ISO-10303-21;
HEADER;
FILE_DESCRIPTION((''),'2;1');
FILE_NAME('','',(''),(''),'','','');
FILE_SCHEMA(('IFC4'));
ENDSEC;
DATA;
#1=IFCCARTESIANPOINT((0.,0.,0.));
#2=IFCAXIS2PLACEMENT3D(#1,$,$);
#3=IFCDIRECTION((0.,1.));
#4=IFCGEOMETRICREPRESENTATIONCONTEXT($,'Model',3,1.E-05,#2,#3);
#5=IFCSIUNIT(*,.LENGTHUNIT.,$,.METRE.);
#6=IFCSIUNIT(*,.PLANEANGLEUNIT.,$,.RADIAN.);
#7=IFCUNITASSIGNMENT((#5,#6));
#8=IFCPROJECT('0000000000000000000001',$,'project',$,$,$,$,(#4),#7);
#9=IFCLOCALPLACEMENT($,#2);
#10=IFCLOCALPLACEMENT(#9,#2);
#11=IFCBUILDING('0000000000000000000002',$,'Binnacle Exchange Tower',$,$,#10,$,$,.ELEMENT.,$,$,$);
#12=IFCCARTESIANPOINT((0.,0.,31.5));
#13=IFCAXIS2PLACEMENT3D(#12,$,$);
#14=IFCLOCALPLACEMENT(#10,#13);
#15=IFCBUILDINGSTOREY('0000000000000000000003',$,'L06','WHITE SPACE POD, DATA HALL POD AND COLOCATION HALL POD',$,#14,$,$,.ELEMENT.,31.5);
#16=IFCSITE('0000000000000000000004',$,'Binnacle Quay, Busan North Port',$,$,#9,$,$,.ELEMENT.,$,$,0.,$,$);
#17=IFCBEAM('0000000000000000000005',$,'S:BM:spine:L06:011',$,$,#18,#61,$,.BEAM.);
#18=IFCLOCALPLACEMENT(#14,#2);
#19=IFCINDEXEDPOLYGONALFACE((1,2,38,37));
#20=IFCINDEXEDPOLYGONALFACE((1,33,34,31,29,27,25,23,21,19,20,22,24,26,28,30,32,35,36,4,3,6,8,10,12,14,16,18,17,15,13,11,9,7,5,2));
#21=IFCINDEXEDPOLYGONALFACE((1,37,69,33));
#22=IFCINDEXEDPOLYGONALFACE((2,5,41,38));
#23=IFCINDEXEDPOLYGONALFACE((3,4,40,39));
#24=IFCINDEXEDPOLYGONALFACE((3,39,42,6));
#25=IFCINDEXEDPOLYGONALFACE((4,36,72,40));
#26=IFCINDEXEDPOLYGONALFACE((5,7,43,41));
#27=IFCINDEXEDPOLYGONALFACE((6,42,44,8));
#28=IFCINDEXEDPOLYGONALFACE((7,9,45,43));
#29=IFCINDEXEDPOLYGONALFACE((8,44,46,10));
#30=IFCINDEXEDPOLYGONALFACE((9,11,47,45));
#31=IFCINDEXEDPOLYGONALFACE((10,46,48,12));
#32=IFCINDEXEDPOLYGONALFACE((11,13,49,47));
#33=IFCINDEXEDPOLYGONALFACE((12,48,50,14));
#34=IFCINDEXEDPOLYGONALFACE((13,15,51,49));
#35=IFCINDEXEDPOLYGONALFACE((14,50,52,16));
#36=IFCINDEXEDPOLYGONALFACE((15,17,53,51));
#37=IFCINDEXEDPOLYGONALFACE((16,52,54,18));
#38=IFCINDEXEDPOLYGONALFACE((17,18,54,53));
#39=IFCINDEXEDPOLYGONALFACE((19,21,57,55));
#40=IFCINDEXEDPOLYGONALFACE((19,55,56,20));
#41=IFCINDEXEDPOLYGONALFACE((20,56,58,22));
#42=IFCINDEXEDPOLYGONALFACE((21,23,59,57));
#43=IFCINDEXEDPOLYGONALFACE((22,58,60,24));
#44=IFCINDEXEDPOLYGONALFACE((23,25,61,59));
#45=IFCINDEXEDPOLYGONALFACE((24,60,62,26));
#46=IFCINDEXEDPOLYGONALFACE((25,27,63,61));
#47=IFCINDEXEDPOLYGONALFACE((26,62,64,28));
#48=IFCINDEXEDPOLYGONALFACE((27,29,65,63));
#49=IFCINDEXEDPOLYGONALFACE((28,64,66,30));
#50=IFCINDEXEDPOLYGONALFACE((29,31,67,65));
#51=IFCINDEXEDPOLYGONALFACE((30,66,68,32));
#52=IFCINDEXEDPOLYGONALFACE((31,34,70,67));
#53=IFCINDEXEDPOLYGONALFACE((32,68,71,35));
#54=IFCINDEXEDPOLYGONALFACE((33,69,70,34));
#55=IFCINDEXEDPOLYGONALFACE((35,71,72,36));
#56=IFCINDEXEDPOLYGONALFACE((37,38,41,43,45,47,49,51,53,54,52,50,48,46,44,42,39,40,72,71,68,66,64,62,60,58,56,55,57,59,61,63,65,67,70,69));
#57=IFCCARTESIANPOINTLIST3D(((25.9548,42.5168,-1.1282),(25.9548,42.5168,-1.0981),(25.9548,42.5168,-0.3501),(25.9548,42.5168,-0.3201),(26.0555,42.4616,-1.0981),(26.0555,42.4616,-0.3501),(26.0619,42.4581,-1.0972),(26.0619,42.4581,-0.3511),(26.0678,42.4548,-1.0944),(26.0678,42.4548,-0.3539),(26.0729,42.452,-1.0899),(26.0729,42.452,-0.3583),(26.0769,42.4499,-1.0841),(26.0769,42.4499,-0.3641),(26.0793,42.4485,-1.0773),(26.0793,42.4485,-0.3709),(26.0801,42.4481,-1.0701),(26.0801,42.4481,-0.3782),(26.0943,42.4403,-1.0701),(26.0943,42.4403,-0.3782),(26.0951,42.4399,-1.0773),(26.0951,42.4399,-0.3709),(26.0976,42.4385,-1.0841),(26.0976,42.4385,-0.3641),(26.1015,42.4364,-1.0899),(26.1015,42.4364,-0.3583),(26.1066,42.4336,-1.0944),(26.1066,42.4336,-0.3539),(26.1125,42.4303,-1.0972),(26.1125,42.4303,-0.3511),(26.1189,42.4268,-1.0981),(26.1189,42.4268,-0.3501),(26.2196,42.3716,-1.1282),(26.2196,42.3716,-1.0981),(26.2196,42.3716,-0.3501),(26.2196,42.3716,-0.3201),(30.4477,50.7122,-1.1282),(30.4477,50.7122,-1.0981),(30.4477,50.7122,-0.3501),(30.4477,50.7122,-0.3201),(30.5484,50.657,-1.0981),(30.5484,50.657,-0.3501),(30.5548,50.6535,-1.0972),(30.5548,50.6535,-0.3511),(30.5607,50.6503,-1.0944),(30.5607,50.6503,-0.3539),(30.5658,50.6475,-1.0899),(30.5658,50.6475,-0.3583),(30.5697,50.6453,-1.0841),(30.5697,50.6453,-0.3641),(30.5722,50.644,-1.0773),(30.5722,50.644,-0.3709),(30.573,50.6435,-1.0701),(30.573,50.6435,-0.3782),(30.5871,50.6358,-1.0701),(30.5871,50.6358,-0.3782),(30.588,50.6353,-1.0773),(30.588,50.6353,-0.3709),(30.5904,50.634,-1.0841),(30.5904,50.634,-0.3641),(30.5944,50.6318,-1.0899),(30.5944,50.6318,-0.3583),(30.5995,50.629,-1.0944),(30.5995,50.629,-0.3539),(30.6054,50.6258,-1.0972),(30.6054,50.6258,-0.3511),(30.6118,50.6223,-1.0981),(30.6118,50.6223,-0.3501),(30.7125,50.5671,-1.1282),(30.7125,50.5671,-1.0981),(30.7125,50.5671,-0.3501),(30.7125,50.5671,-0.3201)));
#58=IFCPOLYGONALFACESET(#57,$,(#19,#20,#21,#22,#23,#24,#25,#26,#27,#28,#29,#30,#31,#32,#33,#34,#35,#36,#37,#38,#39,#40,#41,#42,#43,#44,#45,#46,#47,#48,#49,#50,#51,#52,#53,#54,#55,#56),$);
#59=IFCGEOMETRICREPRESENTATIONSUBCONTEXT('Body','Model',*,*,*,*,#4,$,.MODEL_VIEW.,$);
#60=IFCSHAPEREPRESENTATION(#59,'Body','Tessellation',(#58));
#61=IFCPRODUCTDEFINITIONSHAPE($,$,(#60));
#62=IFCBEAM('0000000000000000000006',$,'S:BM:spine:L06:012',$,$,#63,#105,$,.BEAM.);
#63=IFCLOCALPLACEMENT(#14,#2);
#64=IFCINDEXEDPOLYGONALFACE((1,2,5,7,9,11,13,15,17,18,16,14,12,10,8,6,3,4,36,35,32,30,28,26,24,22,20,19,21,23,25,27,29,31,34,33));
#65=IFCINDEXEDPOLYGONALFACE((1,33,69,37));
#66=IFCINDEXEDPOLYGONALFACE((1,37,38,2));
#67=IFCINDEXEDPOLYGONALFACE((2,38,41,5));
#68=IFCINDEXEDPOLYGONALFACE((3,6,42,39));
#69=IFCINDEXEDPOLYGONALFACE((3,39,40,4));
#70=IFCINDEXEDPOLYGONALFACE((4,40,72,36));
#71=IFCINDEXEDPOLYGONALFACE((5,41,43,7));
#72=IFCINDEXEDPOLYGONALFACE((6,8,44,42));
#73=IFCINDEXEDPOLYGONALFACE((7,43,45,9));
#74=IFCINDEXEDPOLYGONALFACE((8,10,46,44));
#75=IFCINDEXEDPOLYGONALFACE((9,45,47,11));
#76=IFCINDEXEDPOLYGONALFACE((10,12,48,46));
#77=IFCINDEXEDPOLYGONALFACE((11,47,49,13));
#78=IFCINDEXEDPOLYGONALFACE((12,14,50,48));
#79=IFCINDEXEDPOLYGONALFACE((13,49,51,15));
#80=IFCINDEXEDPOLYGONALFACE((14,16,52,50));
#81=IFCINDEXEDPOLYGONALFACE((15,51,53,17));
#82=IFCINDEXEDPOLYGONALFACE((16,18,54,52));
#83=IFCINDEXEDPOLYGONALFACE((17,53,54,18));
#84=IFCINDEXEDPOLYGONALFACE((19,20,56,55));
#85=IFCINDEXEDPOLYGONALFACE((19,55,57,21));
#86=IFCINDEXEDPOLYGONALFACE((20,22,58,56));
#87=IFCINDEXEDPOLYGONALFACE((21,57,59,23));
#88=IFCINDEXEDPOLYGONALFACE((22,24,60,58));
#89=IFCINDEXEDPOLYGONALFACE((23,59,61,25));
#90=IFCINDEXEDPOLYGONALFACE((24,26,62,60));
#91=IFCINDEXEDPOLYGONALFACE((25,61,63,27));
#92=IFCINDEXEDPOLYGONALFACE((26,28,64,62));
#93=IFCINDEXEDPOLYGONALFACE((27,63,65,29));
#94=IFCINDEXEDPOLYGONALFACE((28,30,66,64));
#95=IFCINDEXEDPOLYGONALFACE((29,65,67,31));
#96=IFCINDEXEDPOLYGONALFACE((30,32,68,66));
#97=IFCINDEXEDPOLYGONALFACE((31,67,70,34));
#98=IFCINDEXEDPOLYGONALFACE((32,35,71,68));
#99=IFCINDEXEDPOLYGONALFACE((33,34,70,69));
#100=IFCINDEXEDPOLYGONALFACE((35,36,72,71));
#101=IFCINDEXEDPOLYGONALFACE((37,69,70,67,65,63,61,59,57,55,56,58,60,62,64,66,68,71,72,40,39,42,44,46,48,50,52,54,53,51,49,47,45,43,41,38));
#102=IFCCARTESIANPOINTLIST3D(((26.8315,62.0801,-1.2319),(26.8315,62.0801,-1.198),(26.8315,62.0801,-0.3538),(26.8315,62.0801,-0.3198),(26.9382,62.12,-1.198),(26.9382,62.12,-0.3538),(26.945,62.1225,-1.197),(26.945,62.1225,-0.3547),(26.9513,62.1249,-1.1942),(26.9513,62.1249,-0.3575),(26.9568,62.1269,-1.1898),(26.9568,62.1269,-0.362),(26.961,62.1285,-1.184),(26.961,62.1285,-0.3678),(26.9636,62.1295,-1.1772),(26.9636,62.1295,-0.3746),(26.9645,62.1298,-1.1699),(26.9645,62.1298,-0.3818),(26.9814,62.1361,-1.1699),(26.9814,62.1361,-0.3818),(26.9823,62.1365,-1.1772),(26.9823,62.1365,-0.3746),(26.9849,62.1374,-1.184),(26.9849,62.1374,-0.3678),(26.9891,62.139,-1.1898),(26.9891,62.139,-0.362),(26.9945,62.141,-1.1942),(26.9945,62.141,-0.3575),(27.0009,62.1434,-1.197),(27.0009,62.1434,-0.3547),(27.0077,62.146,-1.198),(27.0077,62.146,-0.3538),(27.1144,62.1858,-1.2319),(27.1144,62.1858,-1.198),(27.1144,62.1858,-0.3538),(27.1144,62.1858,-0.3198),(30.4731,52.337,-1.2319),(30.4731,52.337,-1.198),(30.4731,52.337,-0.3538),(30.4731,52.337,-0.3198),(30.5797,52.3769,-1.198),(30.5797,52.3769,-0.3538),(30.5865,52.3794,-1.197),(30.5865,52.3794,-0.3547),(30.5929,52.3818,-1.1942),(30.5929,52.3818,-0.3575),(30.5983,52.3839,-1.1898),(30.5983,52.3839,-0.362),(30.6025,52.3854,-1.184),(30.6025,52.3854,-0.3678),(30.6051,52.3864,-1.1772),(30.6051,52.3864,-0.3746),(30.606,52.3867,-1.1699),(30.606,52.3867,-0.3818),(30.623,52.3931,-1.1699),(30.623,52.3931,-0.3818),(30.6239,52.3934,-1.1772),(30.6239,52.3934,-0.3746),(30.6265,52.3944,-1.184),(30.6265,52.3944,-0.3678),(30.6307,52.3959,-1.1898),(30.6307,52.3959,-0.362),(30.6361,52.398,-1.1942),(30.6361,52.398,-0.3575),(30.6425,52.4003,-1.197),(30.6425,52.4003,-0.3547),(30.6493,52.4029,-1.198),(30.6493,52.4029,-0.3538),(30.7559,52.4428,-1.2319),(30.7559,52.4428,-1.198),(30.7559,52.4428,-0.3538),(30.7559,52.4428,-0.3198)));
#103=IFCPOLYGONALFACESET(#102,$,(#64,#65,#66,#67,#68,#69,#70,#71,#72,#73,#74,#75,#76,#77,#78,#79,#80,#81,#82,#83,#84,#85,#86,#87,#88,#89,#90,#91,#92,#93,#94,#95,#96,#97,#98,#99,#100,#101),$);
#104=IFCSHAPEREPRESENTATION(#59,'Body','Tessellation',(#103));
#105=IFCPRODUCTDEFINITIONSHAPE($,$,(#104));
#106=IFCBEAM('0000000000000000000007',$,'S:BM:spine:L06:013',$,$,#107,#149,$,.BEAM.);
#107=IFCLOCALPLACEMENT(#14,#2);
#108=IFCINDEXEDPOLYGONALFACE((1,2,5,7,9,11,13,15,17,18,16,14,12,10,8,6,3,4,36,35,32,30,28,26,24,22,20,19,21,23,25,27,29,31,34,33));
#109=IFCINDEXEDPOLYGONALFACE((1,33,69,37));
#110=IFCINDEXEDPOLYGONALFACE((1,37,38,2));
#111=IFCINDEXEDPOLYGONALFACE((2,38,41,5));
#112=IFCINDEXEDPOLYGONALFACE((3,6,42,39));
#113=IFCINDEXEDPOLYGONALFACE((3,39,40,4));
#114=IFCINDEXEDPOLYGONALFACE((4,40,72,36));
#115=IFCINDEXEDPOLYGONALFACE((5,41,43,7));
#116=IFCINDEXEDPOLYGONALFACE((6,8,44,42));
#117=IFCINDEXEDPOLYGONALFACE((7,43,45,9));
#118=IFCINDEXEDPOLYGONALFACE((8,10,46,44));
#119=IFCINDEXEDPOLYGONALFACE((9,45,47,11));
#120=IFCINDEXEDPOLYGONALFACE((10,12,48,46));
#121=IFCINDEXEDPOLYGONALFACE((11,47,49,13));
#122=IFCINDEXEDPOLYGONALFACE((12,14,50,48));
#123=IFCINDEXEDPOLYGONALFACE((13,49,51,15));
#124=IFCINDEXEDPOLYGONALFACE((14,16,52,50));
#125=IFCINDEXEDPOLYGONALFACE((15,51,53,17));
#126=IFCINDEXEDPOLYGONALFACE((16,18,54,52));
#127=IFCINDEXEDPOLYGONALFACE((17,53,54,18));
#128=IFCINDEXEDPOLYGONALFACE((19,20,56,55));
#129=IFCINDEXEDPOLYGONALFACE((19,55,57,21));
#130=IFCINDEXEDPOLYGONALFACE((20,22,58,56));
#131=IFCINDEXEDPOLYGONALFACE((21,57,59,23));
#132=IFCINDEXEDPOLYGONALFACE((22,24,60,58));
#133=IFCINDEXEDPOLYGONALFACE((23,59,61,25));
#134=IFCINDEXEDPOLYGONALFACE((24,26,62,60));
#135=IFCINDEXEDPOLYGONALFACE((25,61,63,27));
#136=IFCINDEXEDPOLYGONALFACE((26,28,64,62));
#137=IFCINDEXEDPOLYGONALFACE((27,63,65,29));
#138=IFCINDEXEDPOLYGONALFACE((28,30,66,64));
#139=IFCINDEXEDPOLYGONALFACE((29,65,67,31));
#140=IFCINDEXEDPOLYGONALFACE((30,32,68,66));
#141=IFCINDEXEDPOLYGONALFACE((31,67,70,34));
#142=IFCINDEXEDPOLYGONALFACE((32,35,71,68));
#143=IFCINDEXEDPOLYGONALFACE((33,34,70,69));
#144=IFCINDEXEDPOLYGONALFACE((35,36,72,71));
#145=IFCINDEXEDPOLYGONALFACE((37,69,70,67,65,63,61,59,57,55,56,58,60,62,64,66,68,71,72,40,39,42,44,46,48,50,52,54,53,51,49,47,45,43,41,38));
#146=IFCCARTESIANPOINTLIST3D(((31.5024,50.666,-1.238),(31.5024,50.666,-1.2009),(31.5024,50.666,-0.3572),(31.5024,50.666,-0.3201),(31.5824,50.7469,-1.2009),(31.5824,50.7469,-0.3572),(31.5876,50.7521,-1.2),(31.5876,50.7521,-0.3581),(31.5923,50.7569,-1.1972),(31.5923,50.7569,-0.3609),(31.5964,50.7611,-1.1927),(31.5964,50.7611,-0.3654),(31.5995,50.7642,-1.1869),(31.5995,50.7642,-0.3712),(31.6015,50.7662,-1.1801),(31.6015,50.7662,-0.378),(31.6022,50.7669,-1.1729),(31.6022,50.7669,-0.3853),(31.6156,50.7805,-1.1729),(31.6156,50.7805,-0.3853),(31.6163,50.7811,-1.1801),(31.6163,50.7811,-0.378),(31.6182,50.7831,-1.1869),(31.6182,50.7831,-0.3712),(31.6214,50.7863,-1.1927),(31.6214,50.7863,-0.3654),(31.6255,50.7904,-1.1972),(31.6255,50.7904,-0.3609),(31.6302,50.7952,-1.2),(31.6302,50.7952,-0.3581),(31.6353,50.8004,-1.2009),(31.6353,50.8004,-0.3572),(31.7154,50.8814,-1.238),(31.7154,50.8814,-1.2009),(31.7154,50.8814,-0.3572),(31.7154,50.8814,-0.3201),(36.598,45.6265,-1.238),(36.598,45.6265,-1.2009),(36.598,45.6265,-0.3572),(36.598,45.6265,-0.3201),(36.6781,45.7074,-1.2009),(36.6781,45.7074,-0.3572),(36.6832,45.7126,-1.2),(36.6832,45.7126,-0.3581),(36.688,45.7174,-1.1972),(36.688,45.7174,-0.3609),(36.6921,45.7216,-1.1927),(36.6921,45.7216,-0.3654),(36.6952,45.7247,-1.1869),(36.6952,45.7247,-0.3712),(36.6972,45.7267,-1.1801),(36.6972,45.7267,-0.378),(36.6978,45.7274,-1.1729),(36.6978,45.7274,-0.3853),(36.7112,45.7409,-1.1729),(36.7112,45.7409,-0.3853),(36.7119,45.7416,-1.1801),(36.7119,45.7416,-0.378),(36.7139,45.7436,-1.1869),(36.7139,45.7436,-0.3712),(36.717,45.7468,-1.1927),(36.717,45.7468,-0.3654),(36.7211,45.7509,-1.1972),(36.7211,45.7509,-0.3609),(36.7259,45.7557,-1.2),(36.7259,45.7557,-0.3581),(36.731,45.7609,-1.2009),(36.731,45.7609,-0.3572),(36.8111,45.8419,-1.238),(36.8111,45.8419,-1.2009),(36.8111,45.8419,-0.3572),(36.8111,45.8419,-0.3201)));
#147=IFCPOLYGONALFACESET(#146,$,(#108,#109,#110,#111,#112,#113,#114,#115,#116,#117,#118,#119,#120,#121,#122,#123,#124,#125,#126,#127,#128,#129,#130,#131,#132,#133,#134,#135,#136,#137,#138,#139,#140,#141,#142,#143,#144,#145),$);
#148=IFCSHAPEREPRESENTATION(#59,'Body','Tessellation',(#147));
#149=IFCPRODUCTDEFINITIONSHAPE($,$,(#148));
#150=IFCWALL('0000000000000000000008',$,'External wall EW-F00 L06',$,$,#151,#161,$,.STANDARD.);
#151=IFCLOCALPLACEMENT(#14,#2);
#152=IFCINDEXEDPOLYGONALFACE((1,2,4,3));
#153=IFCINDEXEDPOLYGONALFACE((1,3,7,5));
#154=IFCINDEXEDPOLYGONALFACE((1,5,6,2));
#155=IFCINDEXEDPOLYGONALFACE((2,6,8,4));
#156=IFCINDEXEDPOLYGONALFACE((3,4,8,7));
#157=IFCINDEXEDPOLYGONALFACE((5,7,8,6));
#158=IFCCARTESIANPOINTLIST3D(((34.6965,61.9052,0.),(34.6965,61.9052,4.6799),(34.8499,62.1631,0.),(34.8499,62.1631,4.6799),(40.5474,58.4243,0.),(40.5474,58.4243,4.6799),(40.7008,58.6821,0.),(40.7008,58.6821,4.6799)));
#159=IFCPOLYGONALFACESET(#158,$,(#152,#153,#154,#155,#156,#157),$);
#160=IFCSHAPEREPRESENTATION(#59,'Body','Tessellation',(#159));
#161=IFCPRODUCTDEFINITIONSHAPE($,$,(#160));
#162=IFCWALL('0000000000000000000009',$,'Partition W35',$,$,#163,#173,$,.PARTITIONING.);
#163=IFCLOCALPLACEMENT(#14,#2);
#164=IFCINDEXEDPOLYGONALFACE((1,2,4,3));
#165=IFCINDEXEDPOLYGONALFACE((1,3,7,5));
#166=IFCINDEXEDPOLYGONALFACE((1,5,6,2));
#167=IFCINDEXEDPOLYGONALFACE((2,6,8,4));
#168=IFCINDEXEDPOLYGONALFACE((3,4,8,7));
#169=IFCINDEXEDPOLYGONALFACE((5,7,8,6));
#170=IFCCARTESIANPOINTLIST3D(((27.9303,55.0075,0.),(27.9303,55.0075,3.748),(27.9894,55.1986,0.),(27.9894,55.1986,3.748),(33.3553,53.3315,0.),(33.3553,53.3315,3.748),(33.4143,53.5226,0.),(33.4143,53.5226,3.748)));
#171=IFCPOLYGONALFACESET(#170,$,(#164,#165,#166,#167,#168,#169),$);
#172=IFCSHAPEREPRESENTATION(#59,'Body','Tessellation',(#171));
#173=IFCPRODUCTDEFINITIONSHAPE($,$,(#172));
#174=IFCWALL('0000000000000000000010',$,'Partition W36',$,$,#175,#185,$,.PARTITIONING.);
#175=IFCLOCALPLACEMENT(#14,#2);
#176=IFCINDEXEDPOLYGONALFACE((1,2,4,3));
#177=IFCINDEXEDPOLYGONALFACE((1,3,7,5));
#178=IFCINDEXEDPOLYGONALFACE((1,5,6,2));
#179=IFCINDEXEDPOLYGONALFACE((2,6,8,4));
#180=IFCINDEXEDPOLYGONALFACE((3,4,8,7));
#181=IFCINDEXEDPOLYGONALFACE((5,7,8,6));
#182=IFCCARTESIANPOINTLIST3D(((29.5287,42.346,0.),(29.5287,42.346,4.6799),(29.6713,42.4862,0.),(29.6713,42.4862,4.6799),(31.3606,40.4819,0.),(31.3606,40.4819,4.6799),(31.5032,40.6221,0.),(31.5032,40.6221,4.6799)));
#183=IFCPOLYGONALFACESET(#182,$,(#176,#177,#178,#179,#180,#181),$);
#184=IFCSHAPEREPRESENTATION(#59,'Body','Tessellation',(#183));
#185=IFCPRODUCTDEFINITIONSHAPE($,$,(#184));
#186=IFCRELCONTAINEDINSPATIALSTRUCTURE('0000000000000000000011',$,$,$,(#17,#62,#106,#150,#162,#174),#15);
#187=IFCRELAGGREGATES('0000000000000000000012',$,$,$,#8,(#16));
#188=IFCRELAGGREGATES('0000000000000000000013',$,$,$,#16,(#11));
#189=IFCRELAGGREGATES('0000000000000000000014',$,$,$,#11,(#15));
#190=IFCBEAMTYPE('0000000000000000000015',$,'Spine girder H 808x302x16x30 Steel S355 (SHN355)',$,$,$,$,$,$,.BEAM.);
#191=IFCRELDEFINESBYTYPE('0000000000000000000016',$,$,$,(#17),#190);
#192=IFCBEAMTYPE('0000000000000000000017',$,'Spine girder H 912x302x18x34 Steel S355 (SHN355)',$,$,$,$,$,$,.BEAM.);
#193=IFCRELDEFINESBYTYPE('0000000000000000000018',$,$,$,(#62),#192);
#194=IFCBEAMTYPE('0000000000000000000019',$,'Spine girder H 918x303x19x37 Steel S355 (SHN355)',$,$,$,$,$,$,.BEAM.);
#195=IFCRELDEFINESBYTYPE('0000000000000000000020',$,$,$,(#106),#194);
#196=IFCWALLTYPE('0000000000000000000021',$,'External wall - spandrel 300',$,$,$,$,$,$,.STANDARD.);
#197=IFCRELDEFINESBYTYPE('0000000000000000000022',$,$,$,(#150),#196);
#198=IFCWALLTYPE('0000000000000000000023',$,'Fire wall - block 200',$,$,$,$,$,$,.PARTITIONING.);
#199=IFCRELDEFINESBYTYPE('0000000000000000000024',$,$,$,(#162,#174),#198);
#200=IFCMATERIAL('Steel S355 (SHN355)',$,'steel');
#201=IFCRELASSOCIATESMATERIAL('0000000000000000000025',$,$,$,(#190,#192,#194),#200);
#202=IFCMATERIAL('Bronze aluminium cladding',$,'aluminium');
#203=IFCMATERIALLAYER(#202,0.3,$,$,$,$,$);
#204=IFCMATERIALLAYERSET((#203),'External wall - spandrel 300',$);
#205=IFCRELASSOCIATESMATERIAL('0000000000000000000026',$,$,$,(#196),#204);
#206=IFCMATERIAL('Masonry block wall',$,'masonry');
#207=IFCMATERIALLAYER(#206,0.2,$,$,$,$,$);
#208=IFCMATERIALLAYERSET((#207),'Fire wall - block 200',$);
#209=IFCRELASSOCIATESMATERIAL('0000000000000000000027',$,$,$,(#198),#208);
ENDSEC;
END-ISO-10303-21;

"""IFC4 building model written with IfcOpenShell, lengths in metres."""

from ifc_helpers import new_model, si_unit, direction, frame, frame_2d, origin, origin_2d, place, context, subcontext, project, spatial, rectangle, i_section, extrude, material, layer, layer_set, material_profile, profile_set, type_object, element, save


model = new_model("IFC4")

# Units and contexts
model_context = context("Model", 3, precision=1e-05, world=origin(), true_north=direction((0.0, 1.0)))
body_context = subcontext(model_context, "Body", "Model", "MODEL_VIEW")
ifc_project = project(units=[si_unit("LENGTHUNIT", "METRE"), si_unit("PLANEANGLEUNIT", "RADIAN")], contexts=[model_context])

# Site, building, storey
site_placement = place(None, origin())
site = spatial("IfcSite", under=ifc_project, at=site_placement, Name="Binnacle Quay, Busan North Port", CompositionType="ELEMENT", RefElevation=0.0)
building_placement = place(site_placement, origin())
building = spatial("IfcBuilding", under=site, at=building_placement, Name="Binnacle Exchange Tower", CompositionType="ELEMENT")
storey_placement = place(building_placement, frame((0.0, 0.0, 31.5)))
storey = spatial("IfcBuildingStorey", under=building, at=storey_placement, Name="L06", Description="WHITE SPACE POD, DATA HALL POD AND COLOCATION HALL POD", CompositionType="ELEMENT", Elevation=31.5)

# Beams
ifc_material_1 = material(Name="Steel S355 (SHN355)", Category="steel")
ifc_material_profile_1 = material_profile(ifc_material_1, i_section(OverallWidth=0.302, OverallDepth=0.8081, WebThickness=0.0161, FlangeThickness=0.03, FilletRadius=0.0281, at=origin_2d()), Name="H 808x302x16x30")
ifc_profile_set_1 = profile_set([ifc_material_profile_1], Name="Steel S355 (SHN355)")
beam_type_1 = type_object("IfcBeamType", Name="Spine girder H 808x302x16x30 Steel S355 (SHN355)", PredefinedType="BEAM", material=ifc_profile_set_1)
beam_1_placement = place(storey_placement, frame((30.5801, 50.6396, -0.7241), z_axis=(-0.480716, -0.876876, 0.0), x_axis=(0.876876, -0.480716, 0.0)))
element("IfcBeam", 1, at=beam_1_placement, inside=storey, type_object=beam_type_1, Name="S:BM:spine:L06:011", PredefinedType="BEAM", context=body_context, shape_type="SweptSolid", body=[
    extrude(i_section(OverallWidth=0.302, OverallDepth=0.8081, WebThickness=0.0161, FlangeThickness=0.03, FilletRadius=0.0281, at=origin_2d()), origin(), (0.0, 0.0, 1.0), 9.3462),
])
ifc_material_profile_2 = material_profile(ifc_material_1, i_section(OverallWidth=0.302, OverallDepth=0.9121, WebThickness=0.0181, FlangeThickness=0.0339, FilletRadius=0.0281, at=origin_2d()), Name="H 912x302x18x34")
ifc_profile_set_2 = profile_set([ifc_material_profile_2], Name="Steel S355 (SHN355)")
beam_type_2 = type_object("IfcBeamType", Name="Spine girder H 912x302x18x34 Steel S355 (SHN355)", PredefinedType="BEAM", material=ifc_profile_set_2)
beam_2_placement = place(storey_placement, frame((30.6145, 52.3899, -0.7759), z_axis=(-0.350105, 0.936711, 0.0), x_axis=(-0.936711, -0.350105, 0.0)))
element("IfcBeam", 2, at=beam_2_placement, inside=storey, type_object=beam_type_2, Name="S:BM:spine:L06:012", PredefinedType="BEAM", context=body_context, shape_type="SweptSolid", body=[
    extrude(i_section(OverallWidth=0.302, OverallDepth=0.9121, WebThickness=0.0181, FlangeThickness=0.0339, FilletRadius=0.0281, at=origin_2d()), origin(), (0.0, 0.0, 1.0), 10.4014),
])
ifc_material_profile_3 = material_profile(ifc_material_1, i_section(OverallWidth=0.303, OverallDepth=0.918, WebThickness=0.019, FlangeThickness=0.0371, FilletRadius=0.0281, at=origin_2d()), Name="H 918x303x19x37")
ifc_profile_set_3 = profile_set([ifc_material_profile_3], Name="Steel S355 (SHN355)")
beam_type_3 = type_object("IfcBeamType", Name="Spine girder H 918x303x19x37 Steel S355 (SHN355)", PredefinedType="BEAM", material=ifc_profile_set_3)
beam_3_placement = place(storey_placement, frame((31.6089, 50.7737, -0.7791), z_axis=(0.711013, -0.703178, 0.0), x_axis=(0.703178, 0.711013, 0.0)))
element("IfcBeam", 3, at=beam_3_placement, inside=storey, type_object=beam_type_3, Name="S:BM:spine:L06:013", PredefinedType="BEAM", context=body_context, shape_type="SweptSolid", body=[
    extrude(i_section(OverallWidth=0.303, OverallDepth=0.918, WebThickness=0.019, FlangeThickness=0.0371, FilletRadius=0.0281, at=origin_2d()), origin(), (0.0, 0.0, 1.0), 7.1667),
])

# Walls
ifc_material_2 = material(Name="Bronze aluminium cladding", Category="aluminium")
ifc_layer_1 = layer(ifc_material_2, 0.3)
ifc_layer_set_1 = layer_set([ifc_layer_1], Name="External wall - spandrel 300")
wall_type_1 = type_object("IfcWallType", Name="External wall - spandrel 300", PredefinedType="STANDARD", material=ifc_layer_set_1)
wall_1_placement = place(storey_placement, frame((34.7732, 62.0342, 0.0), z_axis=(0.0, 0.0, 1.0), x_axis=(0.859401, -0.511302, 0.0)))
element("IfcWall", 4, at=wall_1_placement, inside=storey, type_object=wall_type_1, Name="External wall EW-F00 L06", PredefinedType="STANDARD", context=body_context, shape_type="SweptSolid", body=[
    extrude(rectangle(XDim=6.8081, YDim=0.3, at=frame_2d((3.4041, 0.0))), origin(), (0.0, 0.0, 1.0), 4.6799),
])
ifc_material_3 = material(Name="Masonry block wall", Category="masonry")
ifc_layer_2 = layer(ifc_material_3, 0.2)
ifc_layer_set_2 = layer_set([ifc_layer_2], Name="Fire wall - block 200")
wall_type_2 = type_object("IfcWallType", Name="Fire wall - block 200", PredefinedType="PARTITIONING", material=ifc_layer_set_2)
wall_2_placement = place(storey_placement, frame((27.96, 55.103, 0.0), z_axis=(0.0, 0.0, 1.0), x_axis=(0.955443, -0.295176, 0.0)))
element("IfcWall", 5, at=wall_2_placement, inside=storey, type_object=wall_type_2, Name="Partition W35", PredefinedType="PARTITIONING", context=body_context, shape_type="SweptSolid", body=[
    extrude(rectangle(XDim=5.678, YDim=0.2, at=frame_2d((2.8389, 0.0))), origin(), (0.0, 0.0, 1.0), 3.748),
])
wall_3_placement = place(storey_placement, frame((29.6001, 42.416, 0.0), z_axis=(0.0, 0.0, 1.0), x_axis=(0.700914, -0.713245, 0.0)))
element("IfcWall", 6, at=wall_3_placement, inside=storey, type_object=wall_type_2, Name="Partition W36", PredefinedType="PARTITIONING", context=body_context, shape_type="SweptSolid", body=[
    extrude(rectangle(XDim=2.6135, YDim=0.2, at=frame_2d((1.3066, 0.0))), origin(), (0.0, 0.0, 1.0), 4.6799),
])

save(model, "model.ifc")
